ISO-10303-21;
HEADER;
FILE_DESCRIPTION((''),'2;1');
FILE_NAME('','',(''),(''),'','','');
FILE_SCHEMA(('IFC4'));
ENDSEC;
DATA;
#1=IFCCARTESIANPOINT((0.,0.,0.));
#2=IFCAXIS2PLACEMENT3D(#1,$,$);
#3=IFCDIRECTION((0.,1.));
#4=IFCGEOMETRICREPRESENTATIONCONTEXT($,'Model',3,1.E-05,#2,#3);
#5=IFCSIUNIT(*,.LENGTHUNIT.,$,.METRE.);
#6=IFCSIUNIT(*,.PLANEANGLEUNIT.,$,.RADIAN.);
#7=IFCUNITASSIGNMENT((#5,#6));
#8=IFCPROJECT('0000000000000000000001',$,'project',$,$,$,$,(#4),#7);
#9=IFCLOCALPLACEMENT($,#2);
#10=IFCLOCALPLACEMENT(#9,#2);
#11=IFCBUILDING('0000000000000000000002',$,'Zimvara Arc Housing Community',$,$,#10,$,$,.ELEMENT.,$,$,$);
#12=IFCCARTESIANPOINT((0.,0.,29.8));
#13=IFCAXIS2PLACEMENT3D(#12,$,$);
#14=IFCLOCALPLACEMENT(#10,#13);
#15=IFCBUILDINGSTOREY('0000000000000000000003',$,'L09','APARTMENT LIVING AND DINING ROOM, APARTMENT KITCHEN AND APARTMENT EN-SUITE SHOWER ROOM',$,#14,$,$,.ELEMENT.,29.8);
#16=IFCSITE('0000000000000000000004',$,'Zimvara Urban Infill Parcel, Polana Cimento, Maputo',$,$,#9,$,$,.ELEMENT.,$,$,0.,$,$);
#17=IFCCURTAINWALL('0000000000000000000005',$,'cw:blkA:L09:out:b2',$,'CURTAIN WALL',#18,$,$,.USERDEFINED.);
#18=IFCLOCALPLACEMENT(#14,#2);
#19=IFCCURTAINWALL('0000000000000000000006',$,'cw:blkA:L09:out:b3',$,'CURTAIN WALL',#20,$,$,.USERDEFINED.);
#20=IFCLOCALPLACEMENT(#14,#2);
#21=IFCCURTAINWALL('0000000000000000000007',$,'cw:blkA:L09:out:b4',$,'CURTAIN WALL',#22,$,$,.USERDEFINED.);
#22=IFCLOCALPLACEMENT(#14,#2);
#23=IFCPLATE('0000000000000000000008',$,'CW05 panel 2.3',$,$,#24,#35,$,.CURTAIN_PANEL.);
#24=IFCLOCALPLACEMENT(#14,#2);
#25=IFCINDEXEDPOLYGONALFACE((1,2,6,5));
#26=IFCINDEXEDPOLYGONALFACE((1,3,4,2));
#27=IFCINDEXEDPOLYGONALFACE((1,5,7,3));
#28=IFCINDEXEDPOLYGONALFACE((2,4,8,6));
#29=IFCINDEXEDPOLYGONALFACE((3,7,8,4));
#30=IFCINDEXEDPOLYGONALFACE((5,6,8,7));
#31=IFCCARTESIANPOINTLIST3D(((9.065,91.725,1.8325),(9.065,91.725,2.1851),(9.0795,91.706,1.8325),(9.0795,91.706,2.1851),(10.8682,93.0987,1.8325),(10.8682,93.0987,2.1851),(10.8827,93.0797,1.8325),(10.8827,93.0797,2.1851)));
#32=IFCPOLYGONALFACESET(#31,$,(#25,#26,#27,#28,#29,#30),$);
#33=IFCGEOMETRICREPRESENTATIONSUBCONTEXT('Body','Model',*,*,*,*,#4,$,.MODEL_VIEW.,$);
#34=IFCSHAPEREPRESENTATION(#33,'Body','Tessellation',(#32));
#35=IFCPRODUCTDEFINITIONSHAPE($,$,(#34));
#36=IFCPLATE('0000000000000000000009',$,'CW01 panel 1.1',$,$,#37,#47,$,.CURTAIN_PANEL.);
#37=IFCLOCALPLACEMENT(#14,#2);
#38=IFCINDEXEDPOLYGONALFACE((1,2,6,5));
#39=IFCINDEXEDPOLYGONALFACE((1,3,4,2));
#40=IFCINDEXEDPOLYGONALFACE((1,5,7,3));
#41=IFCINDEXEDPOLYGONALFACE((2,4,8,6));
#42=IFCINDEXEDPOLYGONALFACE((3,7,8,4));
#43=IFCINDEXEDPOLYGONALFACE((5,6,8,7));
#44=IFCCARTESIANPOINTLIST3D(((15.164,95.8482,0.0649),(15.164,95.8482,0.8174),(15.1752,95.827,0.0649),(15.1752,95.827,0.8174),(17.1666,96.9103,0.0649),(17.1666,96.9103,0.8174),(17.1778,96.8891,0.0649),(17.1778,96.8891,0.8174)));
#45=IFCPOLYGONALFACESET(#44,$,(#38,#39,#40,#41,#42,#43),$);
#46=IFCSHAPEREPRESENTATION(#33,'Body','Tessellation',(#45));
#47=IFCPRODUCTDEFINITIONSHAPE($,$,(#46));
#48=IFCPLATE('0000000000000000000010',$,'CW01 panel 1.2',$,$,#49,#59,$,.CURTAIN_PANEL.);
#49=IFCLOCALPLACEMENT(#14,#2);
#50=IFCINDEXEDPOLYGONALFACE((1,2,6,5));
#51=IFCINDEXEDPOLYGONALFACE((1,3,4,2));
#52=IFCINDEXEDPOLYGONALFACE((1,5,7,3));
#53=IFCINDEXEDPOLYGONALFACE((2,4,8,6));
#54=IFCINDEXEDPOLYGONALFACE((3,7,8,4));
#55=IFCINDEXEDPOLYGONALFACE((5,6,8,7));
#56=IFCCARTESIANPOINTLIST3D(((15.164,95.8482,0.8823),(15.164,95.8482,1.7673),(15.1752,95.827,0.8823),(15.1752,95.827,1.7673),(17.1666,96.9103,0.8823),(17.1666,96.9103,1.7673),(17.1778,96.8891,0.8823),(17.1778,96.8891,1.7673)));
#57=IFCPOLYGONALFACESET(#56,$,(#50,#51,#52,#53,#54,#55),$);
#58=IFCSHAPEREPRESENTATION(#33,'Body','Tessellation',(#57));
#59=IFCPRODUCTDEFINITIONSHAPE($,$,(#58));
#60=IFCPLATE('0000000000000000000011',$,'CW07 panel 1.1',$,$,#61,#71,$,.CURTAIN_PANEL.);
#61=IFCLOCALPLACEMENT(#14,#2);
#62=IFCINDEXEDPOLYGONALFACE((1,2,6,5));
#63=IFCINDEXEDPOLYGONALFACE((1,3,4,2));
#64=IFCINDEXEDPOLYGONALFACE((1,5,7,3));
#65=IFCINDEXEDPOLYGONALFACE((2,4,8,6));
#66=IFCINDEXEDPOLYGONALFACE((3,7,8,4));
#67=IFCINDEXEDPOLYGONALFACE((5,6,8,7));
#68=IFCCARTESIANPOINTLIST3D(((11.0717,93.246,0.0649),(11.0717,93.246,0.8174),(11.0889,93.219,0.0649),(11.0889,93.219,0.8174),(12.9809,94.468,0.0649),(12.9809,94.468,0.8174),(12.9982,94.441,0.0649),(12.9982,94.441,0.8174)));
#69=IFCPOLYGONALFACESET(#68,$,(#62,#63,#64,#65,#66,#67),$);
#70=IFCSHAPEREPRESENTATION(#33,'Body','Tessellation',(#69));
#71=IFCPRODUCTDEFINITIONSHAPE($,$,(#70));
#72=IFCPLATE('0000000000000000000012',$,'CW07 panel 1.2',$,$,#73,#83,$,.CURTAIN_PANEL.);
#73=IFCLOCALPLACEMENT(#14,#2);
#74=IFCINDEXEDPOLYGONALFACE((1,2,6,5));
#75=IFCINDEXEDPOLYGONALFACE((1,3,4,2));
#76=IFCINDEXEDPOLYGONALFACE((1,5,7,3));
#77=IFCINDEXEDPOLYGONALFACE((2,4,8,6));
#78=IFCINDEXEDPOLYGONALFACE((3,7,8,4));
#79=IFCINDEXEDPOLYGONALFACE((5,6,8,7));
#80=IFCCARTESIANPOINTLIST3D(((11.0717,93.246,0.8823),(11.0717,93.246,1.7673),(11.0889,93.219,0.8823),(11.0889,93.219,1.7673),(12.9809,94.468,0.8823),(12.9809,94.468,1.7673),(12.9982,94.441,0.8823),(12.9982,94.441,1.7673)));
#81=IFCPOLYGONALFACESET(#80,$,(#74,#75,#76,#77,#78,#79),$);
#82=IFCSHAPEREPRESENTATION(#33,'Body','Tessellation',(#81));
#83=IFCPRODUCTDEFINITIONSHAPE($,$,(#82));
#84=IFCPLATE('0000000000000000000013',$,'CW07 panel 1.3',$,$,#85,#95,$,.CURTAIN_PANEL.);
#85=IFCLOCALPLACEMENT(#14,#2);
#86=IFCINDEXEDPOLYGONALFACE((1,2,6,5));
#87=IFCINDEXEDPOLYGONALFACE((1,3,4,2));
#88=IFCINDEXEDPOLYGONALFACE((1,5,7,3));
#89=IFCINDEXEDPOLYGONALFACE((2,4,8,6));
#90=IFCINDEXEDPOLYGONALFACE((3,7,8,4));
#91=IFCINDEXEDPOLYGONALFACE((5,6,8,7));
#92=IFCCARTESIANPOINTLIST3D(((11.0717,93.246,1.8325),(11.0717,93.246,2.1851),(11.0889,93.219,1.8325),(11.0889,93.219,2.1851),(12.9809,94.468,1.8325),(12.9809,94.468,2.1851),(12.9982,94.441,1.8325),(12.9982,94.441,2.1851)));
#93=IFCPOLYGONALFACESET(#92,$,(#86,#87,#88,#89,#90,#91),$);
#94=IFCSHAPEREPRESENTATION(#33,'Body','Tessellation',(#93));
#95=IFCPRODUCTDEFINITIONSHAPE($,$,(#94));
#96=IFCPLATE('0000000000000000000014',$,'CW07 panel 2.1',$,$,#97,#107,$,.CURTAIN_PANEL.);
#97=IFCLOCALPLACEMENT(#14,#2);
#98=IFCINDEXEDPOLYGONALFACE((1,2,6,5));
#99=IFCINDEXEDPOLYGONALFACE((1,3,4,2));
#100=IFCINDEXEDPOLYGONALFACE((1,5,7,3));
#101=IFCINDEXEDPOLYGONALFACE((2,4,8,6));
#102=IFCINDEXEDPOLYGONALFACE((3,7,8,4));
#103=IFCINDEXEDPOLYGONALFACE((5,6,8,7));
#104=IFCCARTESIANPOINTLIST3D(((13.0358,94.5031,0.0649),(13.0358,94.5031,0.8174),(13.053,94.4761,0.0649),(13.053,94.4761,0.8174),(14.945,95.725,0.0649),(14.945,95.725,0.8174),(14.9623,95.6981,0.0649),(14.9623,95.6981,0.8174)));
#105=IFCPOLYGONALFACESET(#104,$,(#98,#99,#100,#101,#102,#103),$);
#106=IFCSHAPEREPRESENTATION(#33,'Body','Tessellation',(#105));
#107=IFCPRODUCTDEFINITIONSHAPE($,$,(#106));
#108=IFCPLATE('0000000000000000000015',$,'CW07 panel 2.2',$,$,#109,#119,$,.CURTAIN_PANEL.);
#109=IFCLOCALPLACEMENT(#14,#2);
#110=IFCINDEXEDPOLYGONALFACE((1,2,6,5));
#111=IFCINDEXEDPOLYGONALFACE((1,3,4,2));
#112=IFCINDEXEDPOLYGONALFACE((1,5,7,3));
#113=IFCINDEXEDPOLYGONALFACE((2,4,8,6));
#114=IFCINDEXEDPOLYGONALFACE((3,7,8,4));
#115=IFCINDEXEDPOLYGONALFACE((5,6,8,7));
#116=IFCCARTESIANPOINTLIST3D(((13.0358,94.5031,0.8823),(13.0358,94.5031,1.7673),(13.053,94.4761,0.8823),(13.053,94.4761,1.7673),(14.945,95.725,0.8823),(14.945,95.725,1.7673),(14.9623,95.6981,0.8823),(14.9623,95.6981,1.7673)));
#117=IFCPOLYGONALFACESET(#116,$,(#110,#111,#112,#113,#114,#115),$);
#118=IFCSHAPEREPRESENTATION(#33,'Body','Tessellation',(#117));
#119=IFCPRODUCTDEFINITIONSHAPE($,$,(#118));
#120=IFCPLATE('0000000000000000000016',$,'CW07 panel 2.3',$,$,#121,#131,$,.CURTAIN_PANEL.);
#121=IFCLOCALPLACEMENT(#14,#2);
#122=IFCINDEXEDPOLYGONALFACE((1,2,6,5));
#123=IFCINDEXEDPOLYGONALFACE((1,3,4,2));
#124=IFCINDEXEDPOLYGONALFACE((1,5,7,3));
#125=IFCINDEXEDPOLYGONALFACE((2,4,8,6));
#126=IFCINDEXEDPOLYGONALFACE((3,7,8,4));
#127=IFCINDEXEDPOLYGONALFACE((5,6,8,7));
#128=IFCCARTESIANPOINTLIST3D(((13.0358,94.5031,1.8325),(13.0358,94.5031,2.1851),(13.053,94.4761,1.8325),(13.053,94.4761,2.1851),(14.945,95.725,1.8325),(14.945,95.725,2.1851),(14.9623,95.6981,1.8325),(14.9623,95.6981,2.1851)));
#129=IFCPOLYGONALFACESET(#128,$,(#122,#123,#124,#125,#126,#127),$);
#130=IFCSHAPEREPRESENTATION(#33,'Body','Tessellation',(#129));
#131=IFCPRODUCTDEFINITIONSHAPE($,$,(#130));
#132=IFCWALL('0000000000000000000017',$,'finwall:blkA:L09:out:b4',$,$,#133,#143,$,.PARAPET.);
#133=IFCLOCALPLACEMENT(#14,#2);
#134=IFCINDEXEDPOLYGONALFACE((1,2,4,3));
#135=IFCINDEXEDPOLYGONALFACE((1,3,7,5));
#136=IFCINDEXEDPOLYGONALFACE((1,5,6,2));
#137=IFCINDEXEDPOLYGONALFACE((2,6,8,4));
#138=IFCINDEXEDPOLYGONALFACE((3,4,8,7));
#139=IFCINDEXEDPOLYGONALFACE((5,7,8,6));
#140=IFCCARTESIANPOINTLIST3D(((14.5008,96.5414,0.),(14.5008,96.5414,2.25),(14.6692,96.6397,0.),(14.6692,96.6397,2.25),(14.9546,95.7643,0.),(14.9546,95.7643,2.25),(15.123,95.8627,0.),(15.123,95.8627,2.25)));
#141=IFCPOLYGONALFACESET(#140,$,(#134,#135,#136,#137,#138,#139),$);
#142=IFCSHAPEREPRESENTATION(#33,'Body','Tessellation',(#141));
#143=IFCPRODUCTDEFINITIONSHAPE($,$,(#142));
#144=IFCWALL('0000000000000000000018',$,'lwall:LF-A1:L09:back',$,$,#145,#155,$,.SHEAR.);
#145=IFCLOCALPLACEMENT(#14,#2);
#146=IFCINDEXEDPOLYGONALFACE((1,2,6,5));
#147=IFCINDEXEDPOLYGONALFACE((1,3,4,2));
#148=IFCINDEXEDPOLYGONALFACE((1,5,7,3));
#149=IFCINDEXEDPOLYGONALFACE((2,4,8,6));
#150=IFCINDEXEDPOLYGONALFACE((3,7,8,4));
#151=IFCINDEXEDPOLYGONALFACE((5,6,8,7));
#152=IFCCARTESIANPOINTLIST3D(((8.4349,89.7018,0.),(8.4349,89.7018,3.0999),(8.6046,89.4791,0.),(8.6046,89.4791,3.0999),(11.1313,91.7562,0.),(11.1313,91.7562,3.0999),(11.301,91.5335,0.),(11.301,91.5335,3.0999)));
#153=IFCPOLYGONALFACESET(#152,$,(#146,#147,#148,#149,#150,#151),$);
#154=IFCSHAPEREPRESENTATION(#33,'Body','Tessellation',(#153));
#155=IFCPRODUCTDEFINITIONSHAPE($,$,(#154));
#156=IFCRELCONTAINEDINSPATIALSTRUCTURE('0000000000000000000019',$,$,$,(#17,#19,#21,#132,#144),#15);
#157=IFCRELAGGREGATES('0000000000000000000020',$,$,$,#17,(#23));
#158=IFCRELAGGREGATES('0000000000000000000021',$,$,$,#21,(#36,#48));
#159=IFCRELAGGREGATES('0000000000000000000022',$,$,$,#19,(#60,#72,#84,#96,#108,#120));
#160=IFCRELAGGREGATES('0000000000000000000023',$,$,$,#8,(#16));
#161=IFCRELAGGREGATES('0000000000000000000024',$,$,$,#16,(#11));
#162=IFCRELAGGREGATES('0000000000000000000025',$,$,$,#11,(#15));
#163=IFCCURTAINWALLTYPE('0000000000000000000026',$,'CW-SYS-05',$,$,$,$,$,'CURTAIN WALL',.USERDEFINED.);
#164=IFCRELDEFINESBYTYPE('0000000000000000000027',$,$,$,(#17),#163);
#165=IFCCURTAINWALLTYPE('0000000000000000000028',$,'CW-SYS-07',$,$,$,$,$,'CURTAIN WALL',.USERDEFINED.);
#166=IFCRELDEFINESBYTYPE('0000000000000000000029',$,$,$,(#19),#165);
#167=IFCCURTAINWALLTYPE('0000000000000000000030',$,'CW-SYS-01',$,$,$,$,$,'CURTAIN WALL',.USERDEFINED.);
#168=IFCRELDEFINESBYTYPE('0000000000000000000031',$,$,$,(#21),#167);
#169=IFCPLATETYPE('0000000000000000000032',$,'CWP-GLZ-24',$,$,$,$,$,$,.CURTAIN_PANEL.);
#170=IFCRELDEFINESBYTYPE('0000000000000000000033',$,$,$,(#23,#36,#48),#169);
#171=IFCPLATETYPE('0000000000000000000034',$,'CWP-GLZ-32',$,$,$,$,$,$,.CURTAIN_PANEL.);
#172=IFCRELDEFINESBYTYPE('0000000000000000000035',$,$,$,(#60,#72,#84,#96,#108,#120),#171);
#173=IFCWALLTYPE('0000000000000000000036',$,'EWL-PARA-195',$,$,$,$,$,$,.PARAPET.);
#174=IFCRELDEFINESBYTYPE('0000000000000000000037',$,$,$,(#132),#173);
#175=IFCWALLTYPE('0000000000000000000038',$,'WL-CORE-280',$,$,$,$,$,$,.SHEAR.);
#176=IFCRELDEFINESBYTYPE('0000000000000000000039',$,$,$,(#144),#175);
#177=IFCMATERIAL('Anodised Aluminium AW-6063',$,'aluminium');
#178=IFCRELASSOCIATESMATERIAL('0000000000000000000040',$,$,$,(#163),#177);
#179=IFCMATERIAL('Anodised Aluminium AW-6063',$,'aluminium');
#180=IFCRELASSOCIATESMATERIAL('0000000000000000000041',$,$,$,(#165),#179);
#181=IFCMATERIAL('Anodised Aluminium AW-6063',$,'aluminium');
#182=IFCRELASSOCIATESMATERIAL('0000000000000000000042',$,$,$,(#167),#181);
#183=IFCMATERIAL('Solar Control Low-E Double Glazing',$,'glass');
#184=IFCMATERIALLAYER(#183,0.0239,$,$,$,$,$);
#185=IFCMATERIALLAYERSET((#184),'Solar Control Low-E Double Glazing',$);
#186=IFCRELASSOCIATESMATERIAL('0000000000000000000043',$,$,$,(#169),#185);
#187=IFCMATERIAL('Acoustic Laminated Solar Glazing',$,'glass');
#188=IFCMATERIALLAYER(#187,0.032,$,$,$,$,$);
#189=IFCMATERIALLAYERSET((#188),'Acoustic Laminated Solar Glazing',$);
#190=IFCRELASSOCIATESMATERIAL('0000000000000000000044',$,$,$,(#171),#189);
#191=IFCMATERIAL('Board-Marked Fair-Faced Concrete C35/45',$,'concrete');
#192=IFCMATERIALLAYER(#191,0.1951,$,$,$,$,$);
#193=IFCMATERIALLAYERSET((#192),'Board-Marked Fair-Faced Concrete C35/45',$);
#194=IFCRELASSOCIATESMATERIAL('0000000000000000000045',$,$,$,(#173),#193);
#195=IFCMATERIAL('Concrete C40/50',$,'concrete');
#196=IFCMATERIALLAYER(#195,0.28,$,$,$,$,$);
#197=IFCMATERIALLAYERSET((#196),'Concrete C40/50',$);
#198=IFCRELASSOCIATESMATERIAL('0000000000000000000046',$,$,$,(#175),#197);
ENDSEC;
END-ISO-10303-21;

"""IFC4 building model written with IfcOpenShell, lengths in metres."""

from ifc_helpers import new_model, si_unit, direction, frame, frame_2d, origin, origin_2d, place, context, subcontext, project, spatial, rectangle, extrude, material, layer, layer_set, type_object, element, aggregate, save


model = new_model("IFC4")

# Units and contexts
model_context = context("Model", 3, precision=1e-05, world=origin(), true_north=direction((0.0, 1.0)))
body_context = subcontext(model_context, "Body", "Model", "MODEL_VIEW")
ifc_project = project(units=[si_unit("LENGTHUNIT", "METRE"), si_unit("PLANEANGLEUNIT", "RADIAN")], contexts=[model_context])

# Site, building, storey
site_placement = place(None, origin())
site = spatial("IfcSite", under=ifc_project, at=site_placement, Name="Zimvara Urban Infill Parcel, Polana Cimento, Maputo", CompositionType="ELEMENT", RefElevation=0.0)
building_placement = place(site_placement, origin())
building = spatial("IfcBuilding", under=site, at=building_placement, Name="Zimvara Arc Housing Community", CompositionType="ELEMENT")
storey_placement = place(building_placement, frame((0.0, 0.0, 29.8)))
storey = spatial("IfcBuildingStorey", under=building, at=storey_placement, Name="L09", Description="APARTMENT LIVING AND DINING ROOM, APARTMENT KITCHEN AND APARTMENT EN-SUITE SHOWER ROOM", CompositionType="ELEMENT", Elevation=29.8)

# Curtain walls
ifc_material_1 = material(Name="Anodised Aluminium AW-6063", Category="aluminium")
curtain_wall_type_1 = type_object("IfcCurtainWallType", Name="CW-SYS-05", ElementType="CURTAIN WALL", PredefinedType="USERDEFINED", material=ifc_material_1)
curtain_wall_1_placement = place(storey_placement, origin())
curtain_wall_1 = element("IfcCurtainWall", 1, at=curtain_wall_1_placement, inside=storey, type_object=curtain_wall_type_1, Name="cw:blkA:L09:out:b2", ObjectType="CURTAIN WALL", PredefinedType="USERDEFINED")
ifc_material_2 = material(Name="Anodised Aluminium AW-6063", Category="aluminium")
curtain_wall_type_2 = type_object("IfcCurtainWallType", Name="CW-SYS-07", ElementType="CURTAIN WALL", PredefinedType="USERDEFINED", material=ifc_material_2)
curtain_wall_2_placement = place(storey_placement, origin())
curtain_wall_2 = element("IfcCurtainWall", 2, at=curtain_wall_2_placement, inside=storey, type_object=curtain_wall_type_2, Name="cw:blkA:L09:out:b3", ObjectType="CURTAIN WALL", PredefinedType="USERDEFINED")

# Curtain wall
ifc_material_3 = material(Name="Anodised Aluminium AW-6063", Category="aluminium")
curtain_wall_type_3 = type_object("IfcCurtainWallType", Name="CW-SYS-01", ElementType="CURTAIN WALL", PredefinedType="USERDEFINED", material=ifc_material_3)
curtain_wall_3_placement = place(storey_placement, origin())
curtain_wall_3 = element("IfcCurtainWall", 3, at=curtain_wall_3_placement, inside=storey, type_object=curtain_wall_type_3, Name="cw:blkA:L09:out:b4", ObjectType="CURTAIN WALL", PredefinedType="USERDEFINED")

# Plates
ifc_material_4 = material(Name="Solar Control Low-E Double Glazing", Category="glass")
ifc_layer_1 = layer(ifc_material_4, 0.0239)
ifc_layer_set_1 = layer_set([ifc_layer_1], Name="Solar Control Low-E Double Glazing")
plate_type_1 = type_object("IfcPlateType", Name="CWP-GLZ-24", PredefinedType="CURTAIN_PANEL", material=ifc_layer_set_1)
plate_1_placement = place(storey_placement, frame((9.9739, 92.4023, 1.8325), z_axis=(0.0, 0.0, 1.0), x_axis=(0.795474, 0.605988, 0.0)))
plate_1 = element("IfcPlate", 4, at=plate_1_placement, type_object=plate_type_1, Name="CW05 panel 2.3", PredefinedType="CURTAIN_PANEL", context=body_context, shape_type="SweptSolid", body=[
    extrude(rectangle(XDim=2.2668, YDim=0.0239, at=origin_2d()), origin(), (0.0, 0.0, 1.0), 0.3525),
])
aggregate(curtain_wall_1, [plate_1])
plate_2_placement = place(storey_placement, frame((16.1709, 96.3687, 0.0649), z_axis=(0.0, 0.0, 1.0), x_axis=(0.883439, 0.468547, 0.0)))
plate_2 = element("IfcPlate", 5, at=plate_2_placement, type_object=plate_type_1, Name="CW01 panel 1.1", PredefinedType="CURTAIN_PANEL", context=body_context, shape_type="SweptSolid", body=[
    extrude(rectangle(XDim=2.2668, YDim=0.0239, at=origin_2d()), origin(), (0.0, 0.0, 1.0), 0.7524),
])
plate_3_placement = place(storey_placement, frame((16.1709, 96.3687, 0.8823), z_axis=(0.0, 0.0, 1.0), x_axis=(0.883439, 0.468547, 0.0)))
plate_3 = element("IfcPlate", 6, at=plate_3_placement, type_object=plate_type_1, Name="CW01 panel 1.2", PredefinedType="CURTAIN_PANEL", context=body_context, shape_type="SweptSolid", body=[
    extrude(rectangle(XDim=2.2668, YDim=0.0239, at=origin_2d()), origin(), (0.0, 0.0, 1.0), 0.885),
])
aggregate(curtain_wall_3, [plate_2, plate_3])
ifc_material_5 = material(Name="Acoustic Laminated Solar Glazing", Category="glass")
ifc_layer_2 = layer(ifc_material_5, 0.032)
ifc_layer_set_2 = layer_set([ifc_layer_2], Name="Acoustic Laminated Solar Glazing")
plate_type_2 = type_object("IfcPlateType", Name="CWP-GLZ-32", PredefinedType="CURTAIN_PANEL", material=ifc_layer_set_2)
plate_4_placement = place(storey_placement, frame((12.0349, 93.8435, 0.0649), z_axis=(0.0, 0.0, 1.0), x_axis=(0.842264, 0.539065, 0.0)))
plate_4 = element("IfcPlate", 7, at=plate_4_placement, type_object=plate_type_2, Name="CW07 panel 1.1", PredefinedType="CURTAIN_PANEL", context=body_context, shape_type="SweptSolid", body=[
    extrude(rectangle(XDim=2.2668, YDim=0.032, at=origin_2d()), origin(), (0.0, 0.0, 1.0), 0.7524),
])
plate_5_placement = place(storey_placement, frame((12.0349, 93.8435, 0.8823), z_axis=(0.0, 0.0, 1.0), x_axis=(0.842264, 0.539065, 0.0)))
plate_5 = element("IfcPlate", 8, at=plate_5_placement, type_object=plate_type_2, Name="CW07 panel 1.2", PredefinedType="CURTAIN_PANEL", context=body_context, shape_type="SweptSolid", body=[
    extrude(rectangle(XDim=2.2668, YDim=0.032, at=origin_2d()), origin(), (0.0, 0.0, 1.0), 0.885),
])
plate_6_placement = place(storey_placement, frame((12.0349, 93.8435, 1.8325), z_axis=(0.0, 0.0, 1.0), x_axis=(0.842264, 0.539065, 0.0)))
plate_6 = element("IfcPlate", 9, at=plate_6_placement, type_object=plate_type_2, Name="CW07 panel 1.3", PredefinedType="CURTAIN_PANEL", context=body_context, shape_type="SweptSolid", body=[
    extrude(rectangle(XDim=2.2668, YDim=0.032, at=origin_2d()), origin(), (0.0, 0.0, 1.0), 0.3525),
])
plate_7_placement = place(storey_placement, frame((13.999, 95.1006, 0.0649), z_axis=(0.0, 0.0, 1.0), x_axis=(0.842264, 0.539065, 0.0)))
plate_7 = element("IfcPlate", 10, at=plate_7_placement, type_object=plate_type_2, Name="CW07 panel 2.1", PredefinedType="CURTAIN_PANEL", context=body_context, shape_type="SweptSolid", body=[
    extrude(rectangle(XDim=2.2668, YDim=0.032, at=origin_2d()), origin(), (0.0, 0.0, 1.0), 0.7524),
])
plate_8_placement = place(storey_placement, frame((13.999, 95.1006, 0.8823), z_axis=(0.0, 0.0, 1.0), x_axis=(0.842264, 0.539065, 0.0)))
plate_8 = element("IfcPlate", 11, at=plate_8_placement, type_object=plate_type_2, Name="CW07 panel 2.2", PredefinedType="CURTAIN_PANEL", context=body_context, shape_type="SweptSolid", body=[
    extrude(rectangle(XDim=2.2668, YDim=0.032, at=origin_2d()), origin(), (0.0, 0.0, 1.0), 0.885),
])
plate_9_placement = place(storey_placement, frame((13.999, 95.1006, 1.8325), z_axis=(0.0, 0.0, 1.0), x_axis=(0.842264, 0.539065, 0.0)))
plate_9 = element("IfcPlate", 12, at=plate_9_placement, type_object=plate_type_2, Name="CW07 panel 2.3", PredefinedType="CURTAIN_PANEL", context=body_context, shape_type="SweptSolid", body=[
    extrude(rectangle(XDim=2.2668, YDim=0.032, at=origin_2d()), origin(), (0.0, 0.0, 1.0), 0.3525),
])
aggregate(curtain_wall_2, [plate_4, plate_5, plate_6, plate_7, plate_8, plate_9])

# Walls
ifc_material_6 = material(Name="Board-Marked Fair-Faced Concrete C35/45", Category="concrete")
ifc_layer_3 = layer(ifc_material_6, 0.1951)
ifc_layer_set_3 = layer_set([ifc_layer_3], Name="Board-Marked Fair-Faced Concrete C35/45")
wall_type_1 = type_object("IfcWallType", Name="EWL-PARA-195", PredefinedType="PARAPET", material=ifc_layer_set_3)
wall_1_placement = place(storey_placement, frame((15.0388, 95.8135, 0.0), z_axis=(0.0, 0.0, 1.0), x_axis=(-0.504326, 0.863513, 0.0)))
element("IfcWall", 13, at=wall_1_placement, inside=storey, type_object=wall_type_1, Name="finwall:blkA:L09:out:b4", PredefinedType="PARAPET", context=body_context, shape_type="SweptSolid", body=[
    extrude(rectangle(XDim=0.8999, YDim=0.1951, at=frame_2d((0.45, 0.0))), origin(), (0.0, 0.0, 1.0), 2.25),
])
ifc_material_7 = material(Name="Concrete C40/50", Category="concrete")
ifc_layer_4 = layer(ifc_material_7, 0.28)
ifc_layer_set_4 = layer_set([ifc_layer_4], Name="Concrete C40/50")
wall_type_2 = type_object("IfcWallType", Name="WL-CORE-280", PredefinedType="SHEAR", material=ifc_layer_set_4)
wall_2_placement = place(storey_placement, frame((11.2161, 91.6448, 0.0), z_axis=(0.0, 0.0, 1.0), x_axis=(-0.79544, -0.606032, 0.0)))
element("IfcWall", 14, at=wall_2_placement, inside=storey, type_object=wall_type_2, Name="lwall:LF-A1:L09:back", PredefinedType="SHEAR", context=body_context, shape_type="SweptSolid", body=[
    extrude(rectangle(XDim=3.3899, YDim=0.28, at=frame_2d((1.6948, 0.0))), origin(), (0.0, 0.0, 1.0), 3.0999),
])

save(model, "model.ifc")
